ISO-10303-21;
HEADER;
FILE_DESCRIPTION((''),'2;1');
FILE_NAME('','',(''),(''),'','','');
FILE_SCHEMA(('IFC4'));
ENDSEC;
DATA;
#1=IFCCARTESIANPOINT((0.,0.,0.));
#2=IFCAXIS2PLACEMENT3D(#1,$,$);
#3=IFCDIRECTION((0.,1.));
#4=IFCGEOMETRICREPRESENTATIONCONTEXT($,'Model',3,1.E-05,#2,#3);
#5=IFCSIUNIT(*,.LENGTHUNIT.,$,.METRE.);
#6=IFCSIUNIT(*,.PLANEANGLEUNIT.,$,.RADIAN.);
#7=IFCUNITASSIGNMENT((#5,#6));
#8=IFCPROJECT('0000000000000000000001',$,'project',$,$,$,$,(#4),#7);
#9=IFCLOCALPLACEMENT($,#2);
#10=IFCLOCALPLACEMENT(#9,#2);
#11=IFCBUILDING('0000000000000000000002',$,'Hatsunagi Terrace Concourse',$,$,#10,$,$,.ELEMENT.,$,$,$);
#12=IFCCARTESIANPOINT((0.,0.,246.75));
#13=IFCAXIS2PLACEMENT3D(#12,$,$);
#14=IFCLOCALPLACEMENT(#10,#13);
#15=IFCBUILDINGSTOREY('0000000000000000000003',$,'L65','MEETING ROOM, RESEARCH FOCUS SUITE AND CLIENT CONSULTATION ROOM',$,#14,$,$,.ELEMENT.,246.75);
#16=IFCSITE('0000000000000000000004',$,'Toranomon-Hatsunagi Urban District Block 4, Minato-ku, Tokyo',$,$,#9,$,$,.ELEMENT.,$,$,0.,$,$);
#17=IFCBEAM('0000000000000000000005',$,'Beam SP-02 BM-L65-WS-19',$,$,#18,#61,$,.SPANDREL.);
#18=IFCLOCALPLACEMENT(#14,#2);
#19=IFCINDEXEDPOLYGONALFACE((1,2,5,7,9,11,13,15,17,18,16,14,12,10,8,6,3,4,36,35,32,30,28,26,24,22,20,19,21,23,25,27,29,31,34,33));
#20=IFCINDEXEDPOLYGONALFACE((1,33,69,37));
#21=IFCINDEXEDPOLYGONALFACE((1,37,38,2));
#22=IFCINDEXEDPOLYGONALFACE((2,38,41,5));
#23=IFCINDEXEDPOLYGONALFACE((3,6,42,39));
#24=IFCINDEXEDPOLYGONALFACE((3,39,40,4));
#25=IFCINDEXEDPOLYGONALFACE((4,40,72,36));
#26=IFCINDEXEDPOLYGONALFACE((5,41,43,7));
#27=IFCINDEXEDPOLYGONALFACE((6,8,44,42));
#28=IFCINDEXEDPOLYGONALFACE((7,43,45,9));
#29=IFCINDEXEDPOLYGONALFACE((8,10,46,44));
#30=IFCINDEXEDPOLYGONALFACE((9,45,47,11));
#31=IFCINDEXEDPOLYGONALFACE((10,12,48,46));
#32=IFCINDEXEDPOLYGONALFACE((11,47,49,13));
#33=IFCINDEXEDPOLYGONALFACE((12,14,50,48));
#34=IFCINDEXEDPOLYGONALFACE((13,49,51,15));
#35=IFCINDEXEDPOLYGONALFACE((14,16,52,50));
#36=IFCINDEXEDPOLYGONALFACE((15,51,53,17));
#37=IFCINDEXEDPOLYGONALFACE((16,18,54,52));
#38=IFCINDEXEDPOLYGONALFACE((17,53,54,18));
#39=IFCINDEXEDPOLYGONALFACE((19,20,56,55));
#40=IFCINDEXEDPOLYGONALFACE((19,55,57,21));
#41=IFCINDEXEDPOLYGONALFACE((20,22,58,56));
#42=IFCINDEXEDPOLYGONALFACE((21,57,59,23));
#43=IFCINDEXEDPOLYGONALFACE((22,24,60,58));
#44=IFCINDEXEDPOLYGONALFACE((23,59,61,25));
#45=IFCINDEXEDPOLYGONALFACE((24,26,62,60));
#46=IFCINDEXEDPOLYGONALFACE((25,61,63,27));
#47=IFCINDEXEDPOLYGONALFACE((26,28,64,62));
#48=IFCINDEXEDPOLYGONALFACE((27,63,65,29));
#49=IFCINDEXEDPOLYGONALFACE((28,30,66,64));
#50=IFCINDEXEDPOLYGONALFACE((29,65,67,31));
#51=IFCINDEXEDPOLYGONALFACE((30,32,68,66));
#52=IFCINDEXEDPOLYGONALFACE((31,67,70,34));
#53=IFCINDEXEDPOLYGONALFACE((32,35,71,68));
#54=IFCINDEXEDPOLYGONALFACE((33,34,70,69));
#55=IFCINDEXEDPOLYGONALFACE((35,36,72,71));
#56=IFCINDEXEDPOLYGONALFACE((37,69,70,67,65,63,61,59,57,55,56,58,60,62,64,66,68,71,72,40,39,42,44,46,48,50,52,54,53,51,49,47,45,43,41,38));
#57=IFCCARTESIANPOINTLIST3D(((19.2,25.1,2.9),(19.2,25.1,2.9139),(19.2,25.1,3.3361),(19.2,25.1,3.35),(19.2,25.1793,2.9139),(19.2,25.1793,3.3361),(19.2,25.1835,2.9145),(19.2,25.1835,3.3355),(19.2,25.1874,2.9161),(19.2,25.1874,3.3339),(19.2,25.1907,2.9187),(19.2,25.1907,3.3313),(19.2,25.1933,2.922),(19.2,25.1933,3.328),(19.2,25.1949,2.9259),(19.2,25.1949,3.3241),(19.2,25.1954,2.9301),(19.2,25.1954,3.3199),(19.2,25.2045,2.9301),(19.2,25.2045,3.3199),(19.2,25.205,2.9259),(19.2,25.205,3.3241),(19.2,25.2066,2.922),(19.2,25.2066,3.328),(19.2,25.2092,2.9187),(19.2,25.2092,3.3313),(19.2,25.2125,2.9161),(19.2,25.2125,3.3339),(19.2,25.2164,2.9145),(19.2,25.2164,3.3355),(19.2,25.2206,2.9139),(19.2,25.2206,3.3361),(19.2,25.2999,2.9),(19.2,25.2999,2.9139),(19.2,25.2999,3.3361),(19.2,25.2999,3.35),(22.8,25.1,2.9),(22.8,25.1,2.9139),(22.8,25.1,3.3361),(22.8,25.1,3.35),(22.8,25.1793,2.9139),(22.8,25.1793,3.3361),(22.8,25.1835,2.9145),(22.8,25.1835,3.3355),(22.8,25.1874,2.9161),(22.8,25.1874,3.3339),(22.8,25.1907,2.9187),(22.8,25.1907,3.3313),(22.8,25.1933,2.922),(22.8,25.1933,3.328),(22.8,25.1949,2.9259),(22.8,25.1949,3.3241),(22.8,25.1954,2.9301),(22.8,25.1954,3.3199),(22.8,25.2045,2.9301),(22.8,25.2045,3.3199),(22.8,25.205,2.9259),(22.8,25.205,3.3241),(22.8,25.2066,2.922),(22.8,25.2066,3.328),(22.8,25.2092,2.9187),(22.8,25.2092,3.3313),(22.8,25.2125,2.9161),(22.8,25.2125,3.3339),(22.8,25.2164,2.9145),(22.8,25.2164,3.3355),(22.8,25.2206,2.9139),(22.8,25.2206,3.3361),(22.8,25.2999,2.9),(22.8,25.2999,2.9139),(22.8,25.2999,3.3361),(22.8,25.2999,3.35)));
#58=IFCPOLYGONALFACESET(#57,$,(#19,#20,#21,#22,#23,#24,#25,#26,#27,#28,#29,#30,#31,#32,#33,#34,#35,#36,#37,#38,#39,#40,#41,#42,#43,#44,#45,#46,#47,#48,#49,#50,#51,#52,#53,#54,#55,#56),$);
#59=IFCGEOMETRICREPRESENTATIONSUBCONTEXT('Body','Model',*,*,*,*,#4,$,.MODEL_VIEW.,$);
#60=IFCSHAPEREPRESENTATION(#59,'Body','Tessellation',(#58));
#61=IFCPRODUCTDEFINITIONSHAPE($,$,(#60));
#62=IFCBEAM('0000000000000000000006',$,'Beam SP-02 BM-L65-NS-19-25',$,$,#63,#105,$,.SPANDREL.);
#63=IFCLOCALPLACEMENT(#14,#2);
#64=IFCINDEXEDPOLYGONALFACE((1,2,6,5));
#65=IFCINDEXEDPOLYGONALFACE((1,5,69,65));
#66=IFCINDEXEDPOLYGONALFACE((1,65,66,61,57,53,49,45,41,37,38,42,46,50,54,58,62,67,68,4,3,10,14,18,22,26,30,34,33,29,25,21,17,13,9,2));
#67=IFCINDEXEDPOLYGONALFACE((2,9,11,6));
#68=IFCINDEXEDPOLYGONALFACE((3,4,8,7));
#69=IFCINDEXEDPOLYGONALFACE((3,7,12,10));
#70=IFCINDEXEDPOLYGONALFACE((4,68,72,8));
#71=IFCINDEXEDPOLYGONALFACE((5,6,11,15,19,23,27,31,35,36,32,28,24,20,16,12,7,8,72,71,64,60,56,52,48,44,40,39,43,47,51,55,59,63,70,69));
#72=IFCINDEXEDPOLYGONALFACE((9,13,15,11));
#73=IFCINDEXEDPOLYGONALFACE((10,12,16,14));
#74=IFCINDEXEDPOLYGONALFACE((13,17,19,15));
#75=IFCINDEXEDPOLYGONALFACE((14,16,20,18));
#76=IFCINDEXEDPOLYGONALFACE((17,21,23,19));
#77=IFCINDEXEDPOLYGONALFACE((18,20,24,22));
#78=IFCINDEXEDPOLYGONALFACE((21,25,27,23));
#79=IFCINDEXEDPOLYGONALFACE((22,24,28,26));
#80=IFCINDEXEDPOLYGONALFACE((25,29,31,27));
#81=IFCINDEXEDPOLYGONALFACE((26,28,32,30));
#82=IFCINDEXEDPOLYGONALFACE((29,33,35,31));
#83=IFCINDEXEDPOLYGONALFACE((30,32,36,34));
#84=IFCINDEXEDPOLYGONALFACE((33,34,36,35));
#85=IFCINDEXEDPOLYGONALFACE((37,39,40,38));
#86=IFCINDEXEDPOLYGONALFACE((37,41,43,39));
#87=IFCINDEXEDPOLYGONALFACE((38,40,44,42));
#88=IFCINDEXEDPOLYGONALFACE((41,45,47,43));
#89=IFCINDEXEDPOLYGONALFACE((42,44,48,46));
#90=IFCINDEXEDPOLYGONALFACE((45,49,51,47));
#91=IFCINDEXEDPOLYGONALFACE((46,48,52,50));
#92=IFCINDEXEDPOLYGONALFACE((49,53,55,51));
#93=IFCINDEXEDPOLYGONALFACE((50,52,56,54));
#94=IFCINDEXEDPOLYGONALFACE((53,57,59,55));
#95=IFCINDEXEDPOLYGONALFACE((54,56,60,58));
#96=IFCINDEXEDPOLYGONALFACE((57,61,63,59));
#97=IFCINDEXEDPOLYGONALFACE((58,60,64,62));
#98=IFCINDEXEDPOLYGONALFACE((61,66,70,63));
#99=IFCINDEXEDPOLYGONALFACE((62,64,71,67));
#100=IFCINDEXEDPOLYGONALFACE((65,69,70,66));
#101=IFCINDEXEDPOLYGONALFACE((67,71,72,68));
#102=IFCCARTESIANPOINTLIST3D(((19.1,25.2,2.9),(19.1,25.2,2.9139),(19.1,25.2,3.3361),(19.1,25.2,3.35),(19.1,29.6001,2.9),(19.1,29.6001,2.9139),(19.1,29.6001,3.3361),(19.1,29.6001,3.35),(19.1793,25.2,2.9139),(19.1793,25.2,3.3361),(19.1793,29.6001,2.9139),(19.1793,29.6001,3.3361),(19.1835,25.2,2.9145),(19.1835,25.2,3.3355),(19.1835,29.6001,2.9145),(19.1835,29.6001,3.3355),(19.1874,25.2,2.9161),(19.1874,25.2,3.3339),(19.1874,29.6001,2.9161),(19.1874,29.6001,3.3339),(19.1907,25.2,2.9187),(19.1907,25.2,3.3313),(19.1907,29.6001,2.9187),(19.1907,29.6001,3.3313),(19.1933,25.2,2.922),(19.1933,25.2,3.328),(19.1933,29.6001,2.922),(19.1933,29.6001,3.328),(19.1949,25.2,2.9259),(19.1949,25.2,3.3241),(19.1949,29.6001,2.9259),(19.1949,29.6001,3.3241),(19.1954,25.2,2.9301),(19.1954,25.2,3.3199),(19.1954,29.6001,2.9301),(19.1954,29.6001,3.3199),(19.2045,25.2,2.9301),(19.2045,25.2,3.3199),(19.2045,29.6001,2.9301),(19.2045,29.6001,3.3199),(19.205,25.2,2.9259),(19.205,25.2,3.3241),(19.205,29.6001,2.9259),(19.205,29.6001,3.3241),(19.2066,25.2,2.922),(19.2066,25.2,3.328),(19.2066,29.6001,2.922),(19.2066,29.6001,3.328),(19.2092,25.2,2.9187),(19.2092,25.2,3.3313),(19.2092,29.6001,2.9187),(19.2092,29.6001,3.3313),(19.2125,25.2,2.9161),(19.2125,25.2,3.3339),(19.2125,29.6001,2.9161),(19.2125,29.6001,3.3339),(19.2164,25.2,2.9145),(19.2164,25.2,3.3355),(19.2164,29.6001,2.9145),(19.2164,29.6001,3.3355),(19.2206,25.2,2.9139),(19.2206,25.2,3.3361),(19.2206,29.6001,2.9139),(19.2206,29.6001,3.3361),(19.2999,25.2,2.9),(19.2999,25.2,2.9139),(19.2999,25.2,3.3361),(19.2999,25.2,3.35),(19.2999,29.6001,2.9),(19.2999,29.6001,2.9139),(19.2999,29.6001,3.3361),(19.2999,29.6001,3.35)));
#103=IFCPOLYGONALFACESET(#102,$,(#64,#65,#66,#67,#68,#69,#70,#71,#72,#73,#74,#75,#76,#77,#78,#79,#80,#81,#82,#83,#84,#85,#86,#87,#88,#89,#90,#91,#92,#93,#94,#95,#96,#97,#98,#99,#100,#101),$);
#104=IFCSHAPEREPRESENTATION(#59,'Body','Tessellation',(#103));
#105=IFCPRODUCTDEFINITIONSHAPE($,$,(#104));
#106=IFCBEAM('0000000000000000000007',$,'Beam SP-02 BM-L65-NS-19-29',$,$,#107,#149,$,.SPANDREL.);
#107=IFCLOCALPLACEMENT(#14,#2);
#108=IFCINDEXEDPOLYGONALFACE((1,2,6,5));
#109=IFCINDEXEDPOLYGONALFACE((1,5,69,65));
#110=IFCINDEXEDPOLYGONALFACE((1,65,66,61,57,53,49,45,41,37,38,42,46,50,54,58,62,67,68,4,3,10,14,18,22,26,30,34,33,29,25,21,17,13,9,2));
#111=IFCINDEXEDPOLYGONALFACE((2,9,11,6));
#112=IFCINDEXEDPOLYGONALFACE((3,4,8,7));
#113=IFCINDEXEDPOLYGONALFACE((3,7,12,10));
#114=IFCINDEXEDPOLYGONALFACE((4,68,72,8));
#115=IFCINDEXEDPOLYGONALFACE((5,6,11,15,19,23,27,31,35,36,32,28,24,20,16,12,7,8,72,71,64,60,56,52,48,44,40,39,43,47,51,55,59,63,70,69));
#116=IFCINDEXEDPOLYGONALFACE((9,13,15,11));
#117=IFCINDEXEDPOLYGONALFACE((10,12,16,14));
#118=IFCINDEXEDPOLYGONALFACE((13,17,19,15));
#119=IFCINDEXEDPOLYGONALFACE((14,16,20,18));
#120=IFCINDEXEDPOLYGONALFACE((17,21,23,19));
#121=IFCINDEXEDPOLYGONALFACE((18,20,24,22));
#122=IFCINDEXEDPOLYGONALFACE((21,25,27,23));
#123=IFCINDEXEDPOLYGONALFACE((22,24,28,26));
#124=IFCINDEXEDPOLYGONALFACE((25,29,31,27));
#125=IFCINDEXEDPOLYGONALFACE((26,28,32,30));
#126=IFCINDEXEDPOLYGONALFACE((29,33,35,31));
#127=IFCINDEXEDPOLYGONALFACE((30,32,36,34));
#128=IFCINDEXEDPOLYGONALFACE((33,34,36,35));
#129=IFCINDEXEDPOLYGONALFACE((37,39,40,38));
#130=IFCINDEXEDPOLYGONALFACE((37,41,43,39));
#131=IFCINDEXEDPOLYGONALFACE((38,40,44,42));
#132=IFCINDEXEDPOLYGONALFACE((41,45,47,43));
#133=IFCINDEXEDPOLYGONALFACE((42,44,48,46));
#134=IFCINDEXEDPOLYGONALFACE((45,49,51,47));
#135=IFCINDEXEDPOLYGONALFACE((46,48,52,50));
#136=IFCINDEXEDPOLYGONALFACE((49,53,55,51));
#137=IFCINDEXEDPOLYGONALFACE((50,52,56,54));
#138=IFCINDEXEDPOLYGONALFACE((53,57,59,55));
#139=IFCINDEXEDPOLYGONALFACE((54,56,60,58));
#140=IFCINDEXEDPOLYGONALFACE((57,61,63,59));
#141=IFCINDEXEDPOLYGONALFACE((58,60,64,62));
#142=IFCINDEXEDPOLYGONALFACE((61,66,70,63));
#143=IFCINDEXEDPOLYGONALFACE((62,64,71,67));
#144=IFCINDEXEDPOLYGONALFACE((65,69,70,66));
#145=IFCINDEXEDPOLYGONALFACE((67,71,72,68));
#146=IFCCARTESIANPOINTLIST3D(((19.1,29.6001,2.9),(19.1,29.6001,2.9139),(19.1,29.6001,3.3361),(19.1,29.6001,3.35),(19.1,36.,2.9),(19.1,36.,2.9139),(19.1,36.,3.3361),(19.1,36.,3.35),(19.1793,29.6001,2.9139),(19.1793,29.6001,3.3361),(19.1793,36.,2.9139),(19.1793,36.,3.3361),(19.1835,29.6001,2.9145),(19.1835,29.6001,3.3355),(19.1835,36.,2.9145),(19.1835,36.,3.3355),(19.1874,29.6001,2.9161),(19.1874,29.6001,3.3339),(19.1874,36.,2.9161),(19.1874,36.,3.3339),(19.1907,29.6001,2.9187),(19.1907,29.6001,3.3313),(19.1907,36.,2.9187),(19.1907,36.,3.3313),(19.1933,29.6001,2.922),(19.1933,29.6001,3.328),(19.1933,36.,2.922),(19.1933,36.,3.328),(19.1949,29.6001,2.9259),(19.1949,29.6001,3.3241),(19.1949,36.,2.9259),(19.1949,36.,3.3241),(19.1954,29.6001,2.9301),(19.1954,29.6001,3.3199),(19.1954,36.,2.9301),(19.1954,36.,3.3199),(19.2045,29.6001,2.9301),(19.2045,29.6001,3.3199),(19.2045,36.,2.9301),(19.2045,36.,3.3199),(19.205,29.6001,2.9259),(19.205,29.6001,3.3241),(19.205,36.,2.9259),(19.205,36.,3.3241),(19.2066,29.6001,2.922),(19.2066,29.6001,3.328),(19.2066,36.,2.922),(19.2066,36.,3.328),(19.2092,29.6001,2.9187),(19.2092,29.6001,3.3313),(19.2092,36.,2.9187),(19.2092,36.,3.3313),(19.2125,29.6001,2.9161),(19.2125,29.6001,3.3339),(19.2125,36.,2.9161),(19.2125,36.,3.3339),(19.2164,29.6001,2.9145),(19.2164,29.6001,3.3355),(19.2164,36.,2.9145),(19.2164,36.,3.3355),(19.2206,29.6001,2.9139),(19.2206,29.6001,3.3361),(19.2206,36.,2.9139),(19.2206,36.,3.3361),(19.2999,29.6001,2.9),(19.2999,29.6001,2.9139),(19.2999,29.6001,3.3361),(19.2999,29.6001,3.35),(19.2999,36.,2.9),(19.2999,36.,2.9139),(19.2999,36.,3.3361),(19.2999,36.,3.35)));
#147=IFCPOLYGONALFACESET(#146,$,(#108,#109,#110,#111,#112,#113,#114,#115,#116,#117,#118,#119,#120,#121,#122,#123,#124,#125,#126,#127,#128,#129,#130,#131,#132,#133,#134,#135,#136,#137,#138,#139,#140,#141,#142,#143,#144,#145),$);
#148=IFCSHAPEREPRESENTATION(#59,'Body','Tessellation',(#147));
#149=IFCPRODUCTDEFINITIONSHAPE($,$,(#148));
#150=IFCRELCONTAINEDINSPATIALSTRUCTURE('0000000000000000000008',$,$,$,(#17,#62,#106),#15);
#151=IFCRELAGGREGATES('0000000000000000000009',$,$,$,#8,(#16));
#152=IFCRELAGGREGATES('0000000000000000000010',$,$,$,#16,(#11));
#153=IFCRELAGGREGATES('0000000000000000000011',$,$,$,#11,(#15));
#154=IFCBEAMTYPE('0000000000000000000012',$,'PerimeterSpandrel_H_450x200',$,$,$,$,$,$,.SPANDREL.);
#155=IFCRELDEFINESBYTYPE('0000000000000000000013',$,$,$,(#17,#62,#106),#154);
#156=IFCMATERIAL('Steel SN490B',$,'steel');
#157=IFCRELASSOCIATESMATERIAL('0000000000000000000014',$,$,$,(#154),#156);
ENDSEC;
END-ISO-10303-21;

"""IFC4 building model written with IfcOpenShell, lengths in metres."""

from ifc_helpers import new_model, si_unit, direction, frame, origin, origin_2d, place, context, subcontext, project, spatial, i_section, extrude, material, material_profile, profile_set, type_object, element, save


model = new_model("IFC4")

# Units and contexts
model_context = context("Model", 3, precision=1e-05, world=origin(), true_north=direction((0.0, 1.0)))
body_context = subcontext(model_context, "Body", "Model", "MODEL_VIEW")
ifc_project = project(units=[si_unit("LENGTHUNIT", "METRE"), si_unit("PLANEANGLEUNIT", "RADIAN")], contexts=[model_context])

# Site, building, storey
site_placement = place(None, origin())
site = spatial("IfcSite", under=ifc_project, at=site_placement, Name="Toranomon-Hatsunagi Urban District Block 4, Minato-ku, Tokyo", CompositionType="ELEMENT", RefElevation=0.0)
building_placement = place(site_placement, origin())
building = spatial("IfcBuilding", under=site, at=building_placement, Name="Hatsunagi Terrace Concourse", CompositionType="ELEMENT")
storey_placement = place(building_placement, frame((0.0, 0.0, 246.75)))
storey = spatial("IfcBuildingStorey", under=building, at=storey_placement, Name="L65", Description="MEETING ROOM, RESEARCH FOCUS SUITE AND CLIENT CONSULTATION ROOM", CompositionType="ELEMENT", Elevation=246.75)

# Beams
ifc_material_1 = material(Name="Steel SN490B", Category="steel")
ifc_material_profile_1 = material_profile(ifc_material_1, i_section(OverallWidth=0.2, OverallDepth=0.45, WebThickness=0.009, FlangeThickness=0.0139, FilletRadius=0.0161, at=origin_2d()), Name="H-450x200x9x14")
ifc_profile_set_1 = profile_set([ifc_material_profile_1], Name="Steel SN490B")
beam_type_1 = type_object("IfcBeamType", Name="PerimeterSpandrel_H_450x200", PredefinedType="SPANDREL", material=ifc_profile_set_1)
beam_1_placement = place(storey_placement, frame((19.2, 25.2, 3.125), z_axis=(1.0, 0.0, 0.0), x_axis=(0.0, 1.0, 0.0)))
element("IfcBeam", 1, at=beam_1_placement, inside=storey, type_object=beam_type_1, Name="Beam SP-02 BM-L65-WS-19", PredefinedType="SPANDREL", context=body_context, shape_type="SweptSolid", body=[
    extrude(i_section(OverallWidth=0.2, OverallDepth=0.45, WebThickness=0.009, FlangeThickness=0.0139, FilletRadius=0.0161, at=origin_2d()), origin(), (0.0, 0.0, 1.0), 3.6001),
])
beam_2_placement = place(storey_placement, frame((19.2, 25.2, 3.125), z_axis=(0.0, 1.0, 0.0), x_axis=(-1.0, 0.0, 0.0)))
element("IfcBeam", 2, at=beam_2_placement, inside=storey, type_object=beam_type_1, Name="Beam SP-02 BM-L65-NS-19-25", PredefinedType="SPANDREL", context=body_context, shape_type="SweptSolid", body=[
    extrude(i_section(OverallWidth=0.2, OverallDepth=0.45, WebThickness=0.009, FlangeThickness=0.0139, FilletRadius=0.0161, at=origin_2d()), origin(), (0.0, 0.0, 1.0), 4.4001),
])
beam_3_placement = place(storey_placement, frame((19.2, 29.6001, 3.125), z_axis=(0.0, 1.0, 0.0), x_axis=(-1.0, 0.0, 0.0)))
element("IfcBeam", 3, at=beam_3_placement, inside=storey, type_object=beam_type_1, Name="Beam SP-02 BM-L65-NS-19-29", PredefinedType="SPANDREL", context=body_context, shape_type="SweptSolid", body=[
    extrude(i_section(OverallWidth=0.2, OverallDepth=0.45, WebThickness=0.009, FlangeThickness=0.0139, FilletRadius=0.0161, at=origin_2d()), origin(), (0.0, 0.0, 1.0), 6.3999),
])

save(model, "model.ifc")
